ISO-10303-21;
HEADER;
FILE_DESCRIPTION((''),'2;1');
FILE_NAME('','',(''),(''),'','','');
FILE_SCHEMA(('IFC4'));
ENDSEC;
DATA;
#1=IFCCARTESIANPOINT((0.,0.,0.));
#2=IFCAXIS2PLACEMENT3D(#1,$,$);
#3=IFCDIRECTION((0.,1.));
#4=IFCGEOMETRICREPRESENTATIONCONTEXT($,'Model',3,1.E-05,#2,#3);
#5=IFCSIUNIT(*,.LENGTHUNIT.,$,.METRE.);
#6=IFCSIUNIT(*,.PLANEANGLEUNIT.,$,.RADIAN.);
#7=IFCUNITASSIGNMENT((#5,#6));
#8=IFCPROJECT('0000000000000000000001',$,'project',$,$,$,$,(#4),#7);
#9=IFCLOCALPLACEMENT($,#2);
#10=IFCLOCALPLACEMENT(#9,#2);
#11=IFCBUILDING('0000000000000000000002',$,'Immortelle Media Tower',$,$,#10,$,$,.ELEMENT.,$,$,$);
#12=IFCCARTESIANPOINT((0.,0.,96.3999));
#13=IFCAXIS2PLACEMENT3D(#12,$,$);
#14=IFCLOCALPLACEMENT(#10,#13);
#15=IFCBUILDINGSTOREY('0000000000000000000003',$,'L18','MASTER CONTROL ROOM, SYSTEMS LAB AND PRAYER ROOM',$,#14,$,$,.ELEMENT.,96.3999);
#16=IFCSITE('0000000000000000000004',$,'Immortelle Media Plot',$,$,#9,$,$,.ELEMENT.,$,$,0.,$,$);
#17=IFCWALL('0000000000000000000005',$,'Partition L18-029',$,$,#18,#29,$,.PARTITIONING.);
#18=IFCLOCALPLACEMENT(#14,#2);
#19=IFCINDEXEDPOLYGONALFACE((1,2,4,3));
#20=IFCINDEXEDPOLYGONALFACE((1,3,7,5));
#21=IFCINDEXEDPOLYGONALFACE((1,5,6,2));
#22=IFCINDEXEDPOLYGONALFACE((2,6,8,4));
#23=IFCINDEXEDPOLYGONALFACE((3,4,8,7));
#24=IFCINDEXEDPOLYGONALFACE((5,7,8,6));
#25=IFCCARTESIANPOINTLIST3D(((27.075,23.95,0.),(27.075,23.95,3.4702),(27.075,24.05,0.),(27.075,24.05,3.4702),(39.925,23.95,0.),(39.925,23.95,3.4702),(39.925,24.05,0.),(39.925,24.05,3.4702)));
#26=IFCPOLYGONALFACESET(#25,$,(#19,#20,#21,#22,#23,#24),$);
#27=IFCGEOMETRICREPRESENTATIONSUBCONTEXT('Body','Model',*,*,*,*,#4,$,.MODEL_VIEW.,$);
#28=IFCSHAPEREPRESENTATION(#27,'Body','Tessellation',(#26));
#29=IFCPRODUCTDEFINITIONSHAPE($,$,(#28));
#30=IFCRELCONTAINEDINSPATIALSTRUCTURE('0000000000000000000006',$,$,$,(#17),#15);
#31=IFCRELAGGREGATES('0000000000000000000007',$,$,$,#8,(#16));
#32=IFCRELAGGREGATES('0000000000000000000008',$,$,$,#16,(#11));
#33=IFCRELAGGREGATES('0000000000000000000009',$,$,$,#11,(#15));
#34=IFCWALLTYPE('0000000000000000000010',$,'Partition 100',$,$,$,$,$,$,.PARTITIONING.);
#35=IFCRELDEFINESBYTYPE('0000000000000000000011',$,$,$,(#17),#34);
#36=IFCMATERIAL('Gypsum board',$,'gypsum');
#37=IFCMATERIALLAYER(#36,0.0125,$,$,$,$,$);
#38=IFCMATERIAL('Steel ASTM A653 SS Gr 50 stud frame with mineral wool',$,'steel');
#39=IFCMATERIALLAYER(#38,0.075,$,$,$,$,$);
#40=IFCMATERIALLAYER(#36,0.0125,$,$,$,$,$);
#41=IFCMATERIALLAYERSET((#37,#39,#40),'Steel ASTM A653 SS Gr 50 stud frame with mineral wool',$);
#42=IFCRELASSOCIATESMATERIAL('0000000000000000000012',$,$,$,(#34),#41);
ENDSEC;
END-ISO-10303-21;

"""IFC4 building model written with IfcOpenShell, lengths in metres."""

from ifc_helpers import new_model, si_unit, direction, frame, frame_2d, origin, place, context, subcontext, project, spatial, rectangle, extrude, material, layer, layer_set, type_object, element, save


model = new_model("IFC4")

# Units and contexts
model_context = context("Model", 3, precision=1e-05, world=origin(), true_north=direction((0.0, 1.0)))
body_context = subcontext(model_context, "Body", "Model", "MODEL_VIEW")
ifc_project = project(units=[si_unit("LENGTHUNIT", "METRE"), si_unit("PLANEANGLEUNIT", "RADIAN")], contexts=[model_context])

# Site, building, storey
site_placement = place(None, origin())
site = spatial("IfcSite", under=ifc_project, at=site_placement, Name="Immortelle Media Plot", CompositionType="ELEMENT", RefElevation=0.0)
building_placement = place(site_placement, origin())
building = spatial("IfcBuilding", under=site, at=building_placement, Name="Immortelle Media Tower", CompositionType="ELEMENT")
storey_placement = place(building_placement, frame((0.0, 0.0, 96.3999)))
storey = spatial("IfcBuildingStorey", under=building, at=storey_placement, Name="L18", Description="MASTER CONTROL ROOM, SYSTEMS LAB AND PRAYER ROOM", CompositionType="ELEMENT", Elevation=96.3999)

# Shared definitions
ifc_material_1 = material(Name="Steel ASTM A653 SS Gr 50 stud frame with mineral wool", Category="steel")

# Shared definitions
ifc_material_2 = material(Name="Gypsum board", Category="gypsum")
ifc_layer_1 = layer(ifc_material_2, 0.0125)
ifc_layer_2 = layer(ifc_material_1, 0.075)
ifc_layer_3 = layer(ifc_material_2, 0.0125)
ifc_layer_set_1 = layer_set([ifc_layer_1, ifc_layer_2, ifc_layer_3], Name="Steel ASTM A653 SS Gr 50 stud frame with mineral wool")
wall_type_1 = type_object("IfcWallType", Name="Partition 100", PredefinedType="PARTITIONING", material=ifc_layer_set_1)

# Wall
wall_1_placement = place(storey_placement, frame((27.075, 24.0, 0.0), z_axis=(0.0, 0.0, 1.0), x_axis=(1.0, 0.0, 0.0)))
element("IfcWall", 1, at=wall_1_placement, inside=storey, type_object=wall_type_1, Name="Partition L18-029", PredefinedType="PARTITIONING", context=body_context, shape_type="SweptSolid", body=[
    extrude(rectangle(XDim=12.8501, YDim=0.1001, at=frame_2d((6.425, 0.0))), origin(), (0.0, 0.0, 1.0), 3.4702),
])

save(model, "model.ifc")
